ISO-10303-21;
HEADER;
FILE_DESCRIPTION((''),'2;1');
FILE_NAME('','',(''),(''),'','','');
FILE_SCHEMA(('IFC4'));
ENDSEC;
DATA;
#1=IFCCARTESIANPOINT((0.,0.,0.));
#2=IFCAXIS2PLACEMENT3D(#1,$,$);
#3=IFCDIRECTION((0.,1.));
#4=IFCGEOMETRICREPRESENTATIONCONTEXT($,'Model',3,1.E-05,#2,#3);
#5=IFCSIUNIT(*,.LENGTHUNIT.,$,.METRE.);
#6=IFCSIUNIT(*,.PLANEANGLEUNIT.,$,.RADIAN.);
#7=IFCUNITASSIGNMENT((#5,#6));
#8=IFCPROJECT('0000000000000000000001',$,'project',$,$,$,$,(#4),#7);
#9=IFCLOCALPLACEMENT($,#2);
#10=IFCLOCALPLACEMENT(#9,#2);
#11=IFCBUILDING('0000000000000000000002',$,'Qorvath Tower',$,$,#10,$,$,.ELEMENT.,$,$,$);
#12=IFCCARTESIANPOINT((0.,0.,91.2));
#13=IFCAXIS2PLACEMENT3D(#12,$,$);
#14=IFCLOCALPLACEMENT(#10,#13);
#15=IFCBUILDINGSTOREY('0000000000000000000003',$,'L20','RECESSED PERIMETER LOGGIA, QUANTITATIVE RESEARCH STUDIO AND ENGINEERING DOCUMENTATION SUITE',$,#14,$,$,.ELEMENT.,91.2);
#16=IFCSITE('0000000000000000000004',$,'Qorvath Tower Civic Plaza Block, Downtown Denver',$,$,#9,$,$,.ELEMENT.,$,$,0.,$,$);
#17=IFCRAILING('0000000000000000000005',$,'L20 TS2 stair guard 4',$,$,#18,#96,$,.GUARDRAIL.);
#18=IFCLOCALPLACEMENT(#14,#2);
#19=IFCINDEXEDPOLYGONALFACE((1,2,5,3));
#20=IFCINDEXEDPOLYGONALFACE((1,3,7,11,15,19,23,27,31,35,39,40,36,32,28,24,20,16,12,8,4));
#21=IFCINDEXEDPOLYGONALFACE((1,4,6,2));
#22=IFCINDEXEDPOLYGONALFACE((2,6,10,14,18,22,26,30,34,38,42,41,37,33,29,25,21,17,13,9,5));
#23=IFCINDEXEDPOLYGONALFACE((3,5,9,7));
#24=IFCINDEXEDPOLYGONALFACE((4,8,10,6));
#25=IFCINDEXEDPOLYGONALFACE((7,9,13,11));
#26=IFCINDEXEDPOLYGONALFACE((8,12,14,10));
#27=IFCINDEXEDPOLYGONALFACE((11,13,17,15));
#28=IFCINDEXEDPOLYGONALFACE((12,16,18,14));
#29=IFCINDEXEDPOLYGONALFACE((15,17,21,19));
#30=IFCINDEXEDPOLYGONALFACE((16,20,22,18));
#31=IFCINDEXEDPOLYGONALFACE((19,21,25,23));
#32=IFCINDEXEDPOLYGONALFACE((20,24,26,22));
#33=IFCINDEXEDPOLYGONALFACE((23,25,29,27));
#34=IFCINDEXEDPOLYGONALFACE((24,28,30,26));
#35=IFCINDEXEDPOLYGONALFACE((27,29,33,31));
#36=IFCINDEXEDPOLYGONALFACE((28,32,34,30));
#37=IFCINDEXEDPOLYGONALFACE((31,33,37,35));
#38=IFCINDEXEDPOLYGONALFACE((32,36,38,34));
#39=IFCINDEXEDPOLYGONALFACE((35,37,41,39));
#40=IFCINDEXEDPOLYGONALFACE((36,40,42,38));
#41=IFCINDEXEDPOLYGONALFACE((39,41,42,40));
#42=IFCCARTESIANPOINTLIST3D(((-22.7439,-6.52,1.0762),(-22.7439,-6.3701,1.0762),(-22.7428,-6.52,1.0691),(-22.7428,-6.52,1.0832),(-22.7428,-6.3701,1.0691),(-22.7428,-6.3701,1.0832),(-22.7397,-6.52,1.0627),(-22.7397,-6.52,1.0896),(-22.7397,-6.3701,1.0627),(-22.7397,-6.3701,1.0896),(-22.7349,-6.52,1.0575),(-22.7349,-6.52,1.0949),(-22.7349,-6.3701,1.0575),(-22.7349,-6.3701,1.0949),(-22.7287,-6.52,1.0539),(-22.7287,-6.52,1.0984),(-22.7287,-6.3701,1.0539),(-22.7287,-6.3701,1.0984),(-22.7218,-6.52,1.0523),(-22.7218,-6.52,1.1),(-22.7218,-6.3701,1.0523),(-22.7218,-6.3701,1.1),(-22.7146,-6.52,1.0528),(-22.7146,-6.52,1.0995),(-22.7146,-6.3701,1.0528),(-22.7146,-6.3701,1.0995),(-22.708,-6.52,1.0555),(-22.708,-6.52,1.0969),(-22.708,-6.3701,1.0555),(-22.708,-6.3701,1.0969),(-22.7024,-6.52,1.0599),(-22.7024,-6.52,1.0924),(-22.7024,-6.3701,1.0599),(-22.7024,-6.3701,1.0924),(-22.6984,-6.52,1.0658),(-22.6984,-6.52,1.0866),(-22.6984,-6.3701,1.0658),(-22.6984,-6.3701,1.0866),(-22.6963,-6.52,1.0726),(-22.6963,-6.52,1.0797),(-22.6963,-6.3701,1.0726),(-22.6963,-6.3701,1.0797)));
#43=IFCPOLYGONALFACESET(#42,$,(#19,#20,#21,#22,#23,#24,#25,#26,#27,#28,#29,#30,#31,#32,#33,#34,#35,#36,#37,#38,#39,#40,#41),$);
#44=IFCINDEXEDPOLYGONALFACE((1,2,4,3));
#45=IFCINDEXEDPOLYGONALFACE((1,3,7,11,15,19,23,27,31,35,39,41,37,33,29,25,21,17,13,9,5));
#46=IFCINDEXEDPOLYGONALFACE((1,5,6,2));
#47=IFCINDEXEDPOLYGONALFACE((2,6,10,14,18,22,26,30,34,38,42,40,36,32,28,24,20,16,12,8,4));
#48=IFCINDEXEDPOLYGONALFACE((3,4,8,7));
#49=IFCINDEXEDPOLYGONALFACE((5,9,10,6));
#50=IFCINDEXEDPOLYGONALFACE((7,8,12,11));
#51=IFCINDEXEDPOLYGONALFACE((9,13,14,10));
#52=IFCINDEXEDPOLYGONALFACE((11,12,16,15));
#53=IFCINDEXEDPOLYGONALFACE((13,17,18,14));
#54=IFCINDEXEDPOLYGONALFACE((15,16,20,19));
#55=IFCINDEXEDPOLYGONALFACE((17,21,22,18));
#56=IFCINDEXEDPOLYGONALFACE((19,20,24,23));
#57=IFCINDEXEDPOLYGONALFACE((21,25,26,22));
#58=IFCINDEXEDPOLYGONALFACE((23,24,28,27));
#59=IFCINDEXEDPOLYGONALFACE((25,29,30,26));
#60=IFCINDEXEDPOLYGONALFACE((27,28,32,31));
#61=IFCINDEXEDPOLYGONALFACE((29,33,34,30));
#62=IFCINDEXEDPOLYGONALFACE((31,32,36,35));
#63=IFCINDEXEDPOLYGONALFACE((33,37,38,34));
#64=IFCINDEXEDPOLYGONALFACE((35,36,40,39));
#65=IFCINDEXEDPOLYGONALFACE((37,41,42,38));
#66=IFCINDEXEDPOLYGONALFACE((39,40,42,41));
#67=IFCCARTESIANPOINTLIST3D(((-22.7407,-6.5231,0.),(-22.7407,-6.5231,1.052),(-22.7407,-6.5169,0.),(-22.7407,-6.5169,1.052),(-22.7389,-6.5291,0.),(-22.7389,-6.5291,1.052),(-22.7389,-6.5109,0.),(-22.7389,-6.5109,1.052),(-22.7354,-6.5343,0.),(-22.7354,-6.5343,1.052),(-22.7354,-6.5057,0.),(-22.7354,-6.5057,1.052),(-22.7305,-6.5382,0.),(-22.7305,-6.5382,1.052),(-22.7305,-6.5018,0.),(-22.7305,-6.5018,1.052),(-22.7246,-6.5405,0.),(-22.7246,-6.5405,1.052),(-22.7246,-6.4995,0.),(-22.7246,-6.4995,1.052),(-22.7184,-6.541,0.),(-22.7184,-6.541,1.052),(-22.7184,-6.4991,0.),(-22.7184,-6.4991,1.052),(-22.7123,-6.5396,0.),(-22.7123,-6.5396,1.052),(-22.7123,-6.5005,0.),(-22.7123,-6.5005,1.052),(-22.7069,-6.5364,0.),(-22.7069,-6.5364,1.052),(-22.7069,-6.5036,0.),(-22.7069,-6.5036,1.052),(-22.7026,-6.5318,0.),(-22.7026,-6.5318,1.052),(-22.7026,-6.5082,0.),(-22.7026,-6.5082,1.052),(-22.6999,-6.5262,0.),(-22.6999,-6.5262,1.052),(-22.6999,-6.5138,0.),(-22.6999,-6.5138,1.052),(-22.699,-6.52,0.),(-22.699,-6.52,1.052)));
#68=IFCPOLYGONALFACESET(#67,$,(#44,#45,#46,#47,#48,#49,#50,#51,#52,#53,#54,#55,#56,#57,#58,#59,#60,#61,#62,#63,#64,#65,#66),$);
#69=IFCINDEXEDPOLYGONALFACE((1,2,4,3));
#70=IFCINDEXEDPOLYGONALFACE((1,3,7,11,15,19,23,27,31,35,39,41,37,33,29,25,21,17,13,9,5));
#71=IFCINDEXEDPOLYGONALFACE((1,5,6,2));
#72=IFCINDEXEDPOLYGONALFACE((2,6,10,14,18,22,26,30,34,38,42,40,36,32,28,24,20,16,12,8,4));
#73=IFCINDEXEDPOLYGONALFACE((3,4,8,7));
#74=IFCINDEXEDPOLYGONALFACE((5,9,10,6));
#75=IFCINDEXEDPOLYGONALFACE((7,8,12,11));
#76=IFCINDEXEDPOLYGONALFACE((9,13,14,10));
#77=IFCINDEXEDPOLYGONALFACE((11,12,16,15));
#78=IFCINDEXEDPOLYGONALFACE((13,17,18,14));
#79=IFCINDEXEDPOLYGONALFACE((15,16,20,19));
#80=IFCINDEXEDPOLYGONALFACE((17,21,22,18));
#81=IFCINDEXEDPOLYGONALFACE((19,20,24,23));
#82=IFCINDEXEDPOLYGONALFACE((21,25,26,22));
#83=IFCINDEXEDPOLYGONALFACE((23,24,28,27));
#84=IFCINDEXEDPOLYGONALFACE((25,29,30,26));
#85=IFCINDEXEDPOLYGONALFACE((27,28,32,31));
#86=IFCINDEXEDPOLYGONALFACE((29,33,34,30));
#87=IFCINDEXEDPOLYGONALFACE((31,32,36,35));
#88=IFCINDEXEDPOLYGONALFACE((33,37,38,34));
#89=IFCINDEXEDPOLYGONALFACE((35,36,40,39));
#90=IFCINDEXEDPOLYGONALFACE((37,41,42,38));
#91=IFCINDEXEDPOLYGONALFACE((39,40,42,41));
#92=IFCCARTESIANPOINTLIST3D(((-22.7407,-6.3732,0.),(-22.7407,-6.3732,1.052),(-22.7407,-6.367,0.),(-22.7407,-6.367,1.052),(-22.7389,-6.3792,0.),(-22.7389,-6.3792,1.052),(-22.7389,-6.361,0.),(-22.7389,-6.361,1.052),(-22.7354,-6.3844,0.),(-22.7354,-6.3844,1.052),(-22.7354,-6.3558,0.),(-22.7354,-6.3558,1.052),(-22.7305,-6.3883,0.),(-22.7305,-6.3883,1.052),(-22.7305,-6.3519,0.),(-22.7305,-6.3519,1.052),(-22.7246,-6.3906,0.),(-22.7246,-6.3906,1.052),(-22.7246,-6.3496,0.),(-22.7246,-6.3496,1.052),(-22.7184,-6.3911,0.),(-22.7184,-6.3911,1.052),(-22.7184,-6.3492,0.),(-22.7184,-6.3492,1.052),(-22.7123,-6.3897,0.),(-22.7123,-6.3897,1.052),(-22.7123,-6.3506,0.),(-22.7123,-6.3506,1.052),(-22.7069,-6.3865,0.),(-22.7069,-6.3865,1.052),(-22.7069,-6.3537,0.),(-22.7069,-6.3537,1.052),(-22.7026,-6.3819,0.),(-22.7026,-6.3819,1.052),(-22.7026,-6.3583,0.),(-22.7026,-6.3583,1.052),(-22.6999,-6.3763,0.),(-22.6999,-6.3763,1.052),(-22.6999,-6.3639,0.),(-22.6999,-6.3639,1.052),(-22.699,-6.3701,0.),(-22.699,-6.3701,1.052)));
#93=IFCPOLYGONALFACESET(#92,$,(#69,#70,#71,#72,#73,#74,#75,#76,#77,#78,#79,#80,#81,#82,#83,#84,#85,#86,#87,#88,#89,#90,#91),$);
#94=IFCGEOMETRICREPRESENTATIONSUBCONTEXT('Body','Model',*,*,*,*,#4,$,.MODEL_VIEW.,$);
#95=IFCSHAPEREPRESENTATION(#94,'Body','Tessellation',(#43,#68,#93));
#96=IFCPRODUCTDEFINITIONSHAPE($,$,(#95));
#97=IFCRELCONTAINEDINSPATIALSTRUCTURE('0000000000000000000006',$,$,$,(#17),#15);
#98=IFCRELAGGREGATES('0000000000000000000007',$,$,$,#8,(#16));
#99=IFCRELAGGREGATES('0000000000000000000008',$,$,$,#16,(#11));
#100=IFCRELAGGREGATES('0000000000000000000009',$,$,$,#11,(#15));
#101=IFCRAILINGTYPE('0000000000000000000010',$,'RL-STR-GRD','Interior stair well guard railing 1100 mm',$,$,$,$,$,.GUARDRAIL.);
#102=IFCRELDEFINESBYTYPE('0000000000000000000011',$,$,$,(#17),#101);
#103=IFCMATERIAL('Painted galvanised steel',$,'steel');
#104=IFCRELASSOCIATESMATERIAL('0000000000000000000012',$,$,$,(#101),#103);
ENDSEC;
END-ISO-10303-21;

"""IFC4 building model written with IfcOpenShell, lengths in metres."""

from ifc_helpers import new_model, si_unit, direction, frame, origin, origin_2d, place, context, subcontext, project, spatial, circle, extrude, material, type_object, element, save


model = new_model("IFC4")

# Units and contexts
model_context = context("Model", 3, precision=1e-05, world=origin(), true_north=direction((0.0, 1.0)))
body_context = subcontext(model_context, "Body", "Model", "MODEL_VIEW")
ifc_project = project(units=[si_unit("LENGTHUNIT", "METRE"), si_unit("PLANEANGLEUNIT", "RADIAN")], contexts=[model_context])

# Site, building, storey
site_placement = place(None, origin())
site = spatial("IfcSite", under=ifc_project, at=site_placement, Name="Qorvath Tower Civic Plaza Block, Downtown Denver", CompositionType="ELEMENT", RefElevation=0.0)
building_placement = place(site_placement, origin())
building = spatial("IfcBuilding", under=site, at=building_placement, Name="Qorvath Tower", CompositionType="ELEMENT")
storey_placement = place(building_placement, frame((0.0, 0.0, 91.2)))
storey = spatial("IfcBuildingStorey", under=building, at=storey_placement, Name="L20", Description="RECESSED PERIMETER LOGGIA, QUANTITATIVE RESEARCH STUDIO AND ENGINEERING DOCUMENTATION SUITE", CompositionType="ELEMENT", Elevation=91.2)

# Railing
ifc_material_1 = material(Name="Painted galvanised steel", Category="steel")
railing_type_1 = type_object("IfcRailingType", Name="RL-STR-GRD", Description="Interior stair well guard railing 1100 mm", PredefinedType="GUARDRAIL", material=ifc_material_1)
railing_1_placement = place(storey_placement, frame((-22.72, -6.52, 0.0)))
element("IfcRailing", 1, at=railing_1_placement, inside=storey, type_object=railing_type_1, Name="L20 TS2 stair guard 4", PredefinedType="GUARDRAIL", context=body_context, shape_type="SweptSolid", body=[
    extrude(circle(Radius=0.0239, at=origin_2d()), frame((0.0, 0.0, 1.0762), z_axis=(0.0, 1.0, 0.0), x_axis=(-1.0, 0.0, 0.0)), (0.0, 0.0, 1.0), 0.1499),
    extrude(circle(Radius=0.021, at=origin_2d()), origin(), (0.0, 0.0, 1.0), 1.052),
    extrude(circle(Radius=0.021, at=origin_2d()), frame((0.0, 0.1499, 0.0)), (0.0, 0.0, 1.0), 1.052),
])

save(model, "model.ifc")
